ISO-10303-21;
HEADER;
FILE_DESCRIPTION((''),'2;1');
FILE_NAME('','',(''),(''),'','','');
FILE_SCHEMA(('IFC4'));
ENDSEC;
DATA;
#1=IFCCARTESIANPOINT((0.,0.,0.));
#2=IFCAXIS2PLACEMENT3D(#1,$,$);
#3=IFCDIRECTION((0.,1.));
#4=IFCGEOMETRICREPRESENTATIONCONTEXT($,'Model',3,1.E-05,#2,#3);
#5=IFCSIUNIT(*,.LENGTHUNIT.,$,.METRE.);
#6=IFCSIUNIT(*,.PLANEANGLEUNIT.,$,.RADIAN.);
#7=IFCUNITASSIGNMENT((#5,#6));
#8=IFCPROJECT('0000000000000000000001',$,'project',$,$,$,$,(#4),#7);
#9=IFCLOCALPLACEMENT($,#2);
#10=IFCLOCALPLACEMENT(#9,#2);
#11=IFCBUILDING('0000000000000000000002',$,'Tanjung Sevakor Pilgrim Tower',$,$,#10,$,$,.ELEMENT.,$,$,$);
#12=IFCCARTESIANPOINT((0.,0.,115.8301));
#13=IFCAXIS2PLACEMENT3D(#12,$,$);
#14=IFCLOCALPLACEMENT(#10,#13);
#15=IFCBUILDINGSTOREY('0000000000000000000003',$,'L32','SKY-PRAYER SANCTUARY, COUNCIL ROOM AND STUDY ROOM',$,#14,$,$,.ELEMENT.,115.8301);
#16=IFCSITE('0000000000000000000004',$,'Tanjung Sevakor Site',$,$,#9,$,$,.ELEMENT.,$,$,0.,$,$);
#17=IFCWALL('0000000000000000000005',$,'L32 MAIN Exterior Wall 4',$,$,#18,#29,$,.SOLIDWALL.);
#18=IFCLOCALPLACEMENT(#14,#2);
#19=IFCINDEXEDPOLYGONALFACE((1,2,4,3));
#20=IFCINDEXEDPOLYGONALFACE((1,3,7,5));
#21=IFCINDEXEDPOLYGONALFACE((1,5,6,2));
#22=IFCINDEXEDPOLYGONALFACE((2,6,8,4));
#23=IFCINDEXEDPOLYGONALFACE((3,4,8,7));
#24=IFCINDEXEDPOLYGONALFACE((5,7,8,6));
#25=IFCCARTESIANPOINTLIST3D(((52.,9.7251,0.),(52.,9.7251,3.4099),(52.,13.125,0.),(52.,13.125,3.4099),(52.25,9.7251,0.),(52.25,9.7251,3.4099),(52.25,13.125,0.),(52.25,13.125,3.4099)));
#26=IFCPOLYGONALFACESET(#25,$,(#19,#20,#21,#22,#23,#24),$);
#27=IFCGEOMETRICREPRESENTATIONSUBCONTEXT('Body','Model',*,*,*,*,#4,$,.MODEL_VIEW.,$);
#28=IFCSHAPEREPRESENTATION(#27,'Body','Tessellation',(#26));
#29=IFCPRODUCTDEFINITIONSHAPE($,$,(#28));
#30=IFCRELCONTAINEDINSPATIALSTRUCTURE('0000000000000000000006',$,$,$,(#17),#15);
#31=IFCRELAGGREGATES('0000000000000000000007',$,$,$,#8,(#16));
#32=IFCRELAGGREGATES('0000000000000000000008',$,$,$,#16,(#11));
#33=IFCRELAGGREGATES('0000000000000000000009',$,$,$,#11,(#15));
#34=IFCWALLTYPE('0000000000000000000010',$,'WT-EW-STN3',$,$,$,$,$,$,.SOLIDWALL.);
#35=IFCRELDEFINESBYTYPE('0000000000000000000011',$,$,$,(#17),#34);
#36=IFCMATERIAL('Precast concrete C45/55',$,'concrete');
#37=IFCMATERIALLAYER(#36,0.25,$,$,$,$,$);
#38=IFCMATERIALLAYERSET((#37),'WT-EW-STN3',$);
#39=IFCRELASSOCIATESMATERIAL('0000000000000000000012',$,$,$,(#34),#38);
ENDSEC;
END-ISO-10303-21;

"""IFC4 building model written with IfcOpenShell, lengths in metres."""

from ifc_helpers import new_model, si_unit, direction, frame, frame_2d, origin, place, context, subcontext, project, spatial, rectangle, extrude, material, layer, layer_set, type_object, element, save


model = new_model("IFC4")

# Units and contexts
model_context = context("Model", 3, precision=1e-05, world=origin(), true_north=direction((0.0, 1.0)))
body_context = subcontext(model_context, "Body", "Model", "MODEL_VIEW")
ifc_project = project(units=[si_unit("LENGTHUNIT", "METRE"), si_unit("PLANEANGLEUNIT", "RADIAN")], contexts=[model_context])

# Site, building, storey
site_placement = place(None, origin())
site = spatial("IfcSite", under=ifc_project, at=site_placement, Name="Tanjung Sevakor Site", CompositionType="ELEMENT", RefElevation=0.0)
building_placement = place(site_placement, origin())
building = spatial("IfcBuilding", under=site, at=building_placement, Name="Tanjung Sevakor Pilgrim Tower", CompositionType="ELEMENT")
storey_placement = place(building_placement, frame((0.0, 0.0, 115.8301)))
storey = spatial("IfcBuildingStorey", under=building, at=storey_placement, Name="L32", Description="SKY-PRAYER SANCTUARY, COUNCIL ROOM AND STUDY ROOM", CompositionType="ELEMENT", Elevation=115.8301)

# Wall
ifc_material_1 = material(Name="Precast concrete C45/55", Category="concrete")
ifc_layer_1 = layer(ifc_material_1, 0.25)
ifc_layer_set_1 = layer_set([ifc_layer_1], Name="WT-EW-STN3")
wall_type_1 = type_object("IfcWallType", Name="WT-EW-STN3", PredefinedType="SOLIDWALL", material=ifc_layer_set_1)
wall_1_placement = place(storey_placement, frame((52.125, 13.125, 0.0), z_axis=(0.0, 0.0, 1.0), x_axis=(0.0, -1.0, 0.0)))
element("IfcWall", 1, at=wall_1_placement, inside=storey, type_object=wall_type_1, Name="L32 MAIN Exterior Wall 4", PredefinedType="SOLIDWALL", context=body_context, shape_type="SweptSolid", body=[
    extrude(rectangle(XDim=3.3999, YDim=0.25, at=frame_2d((1.7, 0.0))), origin(), (0.0, 0.0, 1.0), 3.4099),
])

save(model, "model.ifc")
